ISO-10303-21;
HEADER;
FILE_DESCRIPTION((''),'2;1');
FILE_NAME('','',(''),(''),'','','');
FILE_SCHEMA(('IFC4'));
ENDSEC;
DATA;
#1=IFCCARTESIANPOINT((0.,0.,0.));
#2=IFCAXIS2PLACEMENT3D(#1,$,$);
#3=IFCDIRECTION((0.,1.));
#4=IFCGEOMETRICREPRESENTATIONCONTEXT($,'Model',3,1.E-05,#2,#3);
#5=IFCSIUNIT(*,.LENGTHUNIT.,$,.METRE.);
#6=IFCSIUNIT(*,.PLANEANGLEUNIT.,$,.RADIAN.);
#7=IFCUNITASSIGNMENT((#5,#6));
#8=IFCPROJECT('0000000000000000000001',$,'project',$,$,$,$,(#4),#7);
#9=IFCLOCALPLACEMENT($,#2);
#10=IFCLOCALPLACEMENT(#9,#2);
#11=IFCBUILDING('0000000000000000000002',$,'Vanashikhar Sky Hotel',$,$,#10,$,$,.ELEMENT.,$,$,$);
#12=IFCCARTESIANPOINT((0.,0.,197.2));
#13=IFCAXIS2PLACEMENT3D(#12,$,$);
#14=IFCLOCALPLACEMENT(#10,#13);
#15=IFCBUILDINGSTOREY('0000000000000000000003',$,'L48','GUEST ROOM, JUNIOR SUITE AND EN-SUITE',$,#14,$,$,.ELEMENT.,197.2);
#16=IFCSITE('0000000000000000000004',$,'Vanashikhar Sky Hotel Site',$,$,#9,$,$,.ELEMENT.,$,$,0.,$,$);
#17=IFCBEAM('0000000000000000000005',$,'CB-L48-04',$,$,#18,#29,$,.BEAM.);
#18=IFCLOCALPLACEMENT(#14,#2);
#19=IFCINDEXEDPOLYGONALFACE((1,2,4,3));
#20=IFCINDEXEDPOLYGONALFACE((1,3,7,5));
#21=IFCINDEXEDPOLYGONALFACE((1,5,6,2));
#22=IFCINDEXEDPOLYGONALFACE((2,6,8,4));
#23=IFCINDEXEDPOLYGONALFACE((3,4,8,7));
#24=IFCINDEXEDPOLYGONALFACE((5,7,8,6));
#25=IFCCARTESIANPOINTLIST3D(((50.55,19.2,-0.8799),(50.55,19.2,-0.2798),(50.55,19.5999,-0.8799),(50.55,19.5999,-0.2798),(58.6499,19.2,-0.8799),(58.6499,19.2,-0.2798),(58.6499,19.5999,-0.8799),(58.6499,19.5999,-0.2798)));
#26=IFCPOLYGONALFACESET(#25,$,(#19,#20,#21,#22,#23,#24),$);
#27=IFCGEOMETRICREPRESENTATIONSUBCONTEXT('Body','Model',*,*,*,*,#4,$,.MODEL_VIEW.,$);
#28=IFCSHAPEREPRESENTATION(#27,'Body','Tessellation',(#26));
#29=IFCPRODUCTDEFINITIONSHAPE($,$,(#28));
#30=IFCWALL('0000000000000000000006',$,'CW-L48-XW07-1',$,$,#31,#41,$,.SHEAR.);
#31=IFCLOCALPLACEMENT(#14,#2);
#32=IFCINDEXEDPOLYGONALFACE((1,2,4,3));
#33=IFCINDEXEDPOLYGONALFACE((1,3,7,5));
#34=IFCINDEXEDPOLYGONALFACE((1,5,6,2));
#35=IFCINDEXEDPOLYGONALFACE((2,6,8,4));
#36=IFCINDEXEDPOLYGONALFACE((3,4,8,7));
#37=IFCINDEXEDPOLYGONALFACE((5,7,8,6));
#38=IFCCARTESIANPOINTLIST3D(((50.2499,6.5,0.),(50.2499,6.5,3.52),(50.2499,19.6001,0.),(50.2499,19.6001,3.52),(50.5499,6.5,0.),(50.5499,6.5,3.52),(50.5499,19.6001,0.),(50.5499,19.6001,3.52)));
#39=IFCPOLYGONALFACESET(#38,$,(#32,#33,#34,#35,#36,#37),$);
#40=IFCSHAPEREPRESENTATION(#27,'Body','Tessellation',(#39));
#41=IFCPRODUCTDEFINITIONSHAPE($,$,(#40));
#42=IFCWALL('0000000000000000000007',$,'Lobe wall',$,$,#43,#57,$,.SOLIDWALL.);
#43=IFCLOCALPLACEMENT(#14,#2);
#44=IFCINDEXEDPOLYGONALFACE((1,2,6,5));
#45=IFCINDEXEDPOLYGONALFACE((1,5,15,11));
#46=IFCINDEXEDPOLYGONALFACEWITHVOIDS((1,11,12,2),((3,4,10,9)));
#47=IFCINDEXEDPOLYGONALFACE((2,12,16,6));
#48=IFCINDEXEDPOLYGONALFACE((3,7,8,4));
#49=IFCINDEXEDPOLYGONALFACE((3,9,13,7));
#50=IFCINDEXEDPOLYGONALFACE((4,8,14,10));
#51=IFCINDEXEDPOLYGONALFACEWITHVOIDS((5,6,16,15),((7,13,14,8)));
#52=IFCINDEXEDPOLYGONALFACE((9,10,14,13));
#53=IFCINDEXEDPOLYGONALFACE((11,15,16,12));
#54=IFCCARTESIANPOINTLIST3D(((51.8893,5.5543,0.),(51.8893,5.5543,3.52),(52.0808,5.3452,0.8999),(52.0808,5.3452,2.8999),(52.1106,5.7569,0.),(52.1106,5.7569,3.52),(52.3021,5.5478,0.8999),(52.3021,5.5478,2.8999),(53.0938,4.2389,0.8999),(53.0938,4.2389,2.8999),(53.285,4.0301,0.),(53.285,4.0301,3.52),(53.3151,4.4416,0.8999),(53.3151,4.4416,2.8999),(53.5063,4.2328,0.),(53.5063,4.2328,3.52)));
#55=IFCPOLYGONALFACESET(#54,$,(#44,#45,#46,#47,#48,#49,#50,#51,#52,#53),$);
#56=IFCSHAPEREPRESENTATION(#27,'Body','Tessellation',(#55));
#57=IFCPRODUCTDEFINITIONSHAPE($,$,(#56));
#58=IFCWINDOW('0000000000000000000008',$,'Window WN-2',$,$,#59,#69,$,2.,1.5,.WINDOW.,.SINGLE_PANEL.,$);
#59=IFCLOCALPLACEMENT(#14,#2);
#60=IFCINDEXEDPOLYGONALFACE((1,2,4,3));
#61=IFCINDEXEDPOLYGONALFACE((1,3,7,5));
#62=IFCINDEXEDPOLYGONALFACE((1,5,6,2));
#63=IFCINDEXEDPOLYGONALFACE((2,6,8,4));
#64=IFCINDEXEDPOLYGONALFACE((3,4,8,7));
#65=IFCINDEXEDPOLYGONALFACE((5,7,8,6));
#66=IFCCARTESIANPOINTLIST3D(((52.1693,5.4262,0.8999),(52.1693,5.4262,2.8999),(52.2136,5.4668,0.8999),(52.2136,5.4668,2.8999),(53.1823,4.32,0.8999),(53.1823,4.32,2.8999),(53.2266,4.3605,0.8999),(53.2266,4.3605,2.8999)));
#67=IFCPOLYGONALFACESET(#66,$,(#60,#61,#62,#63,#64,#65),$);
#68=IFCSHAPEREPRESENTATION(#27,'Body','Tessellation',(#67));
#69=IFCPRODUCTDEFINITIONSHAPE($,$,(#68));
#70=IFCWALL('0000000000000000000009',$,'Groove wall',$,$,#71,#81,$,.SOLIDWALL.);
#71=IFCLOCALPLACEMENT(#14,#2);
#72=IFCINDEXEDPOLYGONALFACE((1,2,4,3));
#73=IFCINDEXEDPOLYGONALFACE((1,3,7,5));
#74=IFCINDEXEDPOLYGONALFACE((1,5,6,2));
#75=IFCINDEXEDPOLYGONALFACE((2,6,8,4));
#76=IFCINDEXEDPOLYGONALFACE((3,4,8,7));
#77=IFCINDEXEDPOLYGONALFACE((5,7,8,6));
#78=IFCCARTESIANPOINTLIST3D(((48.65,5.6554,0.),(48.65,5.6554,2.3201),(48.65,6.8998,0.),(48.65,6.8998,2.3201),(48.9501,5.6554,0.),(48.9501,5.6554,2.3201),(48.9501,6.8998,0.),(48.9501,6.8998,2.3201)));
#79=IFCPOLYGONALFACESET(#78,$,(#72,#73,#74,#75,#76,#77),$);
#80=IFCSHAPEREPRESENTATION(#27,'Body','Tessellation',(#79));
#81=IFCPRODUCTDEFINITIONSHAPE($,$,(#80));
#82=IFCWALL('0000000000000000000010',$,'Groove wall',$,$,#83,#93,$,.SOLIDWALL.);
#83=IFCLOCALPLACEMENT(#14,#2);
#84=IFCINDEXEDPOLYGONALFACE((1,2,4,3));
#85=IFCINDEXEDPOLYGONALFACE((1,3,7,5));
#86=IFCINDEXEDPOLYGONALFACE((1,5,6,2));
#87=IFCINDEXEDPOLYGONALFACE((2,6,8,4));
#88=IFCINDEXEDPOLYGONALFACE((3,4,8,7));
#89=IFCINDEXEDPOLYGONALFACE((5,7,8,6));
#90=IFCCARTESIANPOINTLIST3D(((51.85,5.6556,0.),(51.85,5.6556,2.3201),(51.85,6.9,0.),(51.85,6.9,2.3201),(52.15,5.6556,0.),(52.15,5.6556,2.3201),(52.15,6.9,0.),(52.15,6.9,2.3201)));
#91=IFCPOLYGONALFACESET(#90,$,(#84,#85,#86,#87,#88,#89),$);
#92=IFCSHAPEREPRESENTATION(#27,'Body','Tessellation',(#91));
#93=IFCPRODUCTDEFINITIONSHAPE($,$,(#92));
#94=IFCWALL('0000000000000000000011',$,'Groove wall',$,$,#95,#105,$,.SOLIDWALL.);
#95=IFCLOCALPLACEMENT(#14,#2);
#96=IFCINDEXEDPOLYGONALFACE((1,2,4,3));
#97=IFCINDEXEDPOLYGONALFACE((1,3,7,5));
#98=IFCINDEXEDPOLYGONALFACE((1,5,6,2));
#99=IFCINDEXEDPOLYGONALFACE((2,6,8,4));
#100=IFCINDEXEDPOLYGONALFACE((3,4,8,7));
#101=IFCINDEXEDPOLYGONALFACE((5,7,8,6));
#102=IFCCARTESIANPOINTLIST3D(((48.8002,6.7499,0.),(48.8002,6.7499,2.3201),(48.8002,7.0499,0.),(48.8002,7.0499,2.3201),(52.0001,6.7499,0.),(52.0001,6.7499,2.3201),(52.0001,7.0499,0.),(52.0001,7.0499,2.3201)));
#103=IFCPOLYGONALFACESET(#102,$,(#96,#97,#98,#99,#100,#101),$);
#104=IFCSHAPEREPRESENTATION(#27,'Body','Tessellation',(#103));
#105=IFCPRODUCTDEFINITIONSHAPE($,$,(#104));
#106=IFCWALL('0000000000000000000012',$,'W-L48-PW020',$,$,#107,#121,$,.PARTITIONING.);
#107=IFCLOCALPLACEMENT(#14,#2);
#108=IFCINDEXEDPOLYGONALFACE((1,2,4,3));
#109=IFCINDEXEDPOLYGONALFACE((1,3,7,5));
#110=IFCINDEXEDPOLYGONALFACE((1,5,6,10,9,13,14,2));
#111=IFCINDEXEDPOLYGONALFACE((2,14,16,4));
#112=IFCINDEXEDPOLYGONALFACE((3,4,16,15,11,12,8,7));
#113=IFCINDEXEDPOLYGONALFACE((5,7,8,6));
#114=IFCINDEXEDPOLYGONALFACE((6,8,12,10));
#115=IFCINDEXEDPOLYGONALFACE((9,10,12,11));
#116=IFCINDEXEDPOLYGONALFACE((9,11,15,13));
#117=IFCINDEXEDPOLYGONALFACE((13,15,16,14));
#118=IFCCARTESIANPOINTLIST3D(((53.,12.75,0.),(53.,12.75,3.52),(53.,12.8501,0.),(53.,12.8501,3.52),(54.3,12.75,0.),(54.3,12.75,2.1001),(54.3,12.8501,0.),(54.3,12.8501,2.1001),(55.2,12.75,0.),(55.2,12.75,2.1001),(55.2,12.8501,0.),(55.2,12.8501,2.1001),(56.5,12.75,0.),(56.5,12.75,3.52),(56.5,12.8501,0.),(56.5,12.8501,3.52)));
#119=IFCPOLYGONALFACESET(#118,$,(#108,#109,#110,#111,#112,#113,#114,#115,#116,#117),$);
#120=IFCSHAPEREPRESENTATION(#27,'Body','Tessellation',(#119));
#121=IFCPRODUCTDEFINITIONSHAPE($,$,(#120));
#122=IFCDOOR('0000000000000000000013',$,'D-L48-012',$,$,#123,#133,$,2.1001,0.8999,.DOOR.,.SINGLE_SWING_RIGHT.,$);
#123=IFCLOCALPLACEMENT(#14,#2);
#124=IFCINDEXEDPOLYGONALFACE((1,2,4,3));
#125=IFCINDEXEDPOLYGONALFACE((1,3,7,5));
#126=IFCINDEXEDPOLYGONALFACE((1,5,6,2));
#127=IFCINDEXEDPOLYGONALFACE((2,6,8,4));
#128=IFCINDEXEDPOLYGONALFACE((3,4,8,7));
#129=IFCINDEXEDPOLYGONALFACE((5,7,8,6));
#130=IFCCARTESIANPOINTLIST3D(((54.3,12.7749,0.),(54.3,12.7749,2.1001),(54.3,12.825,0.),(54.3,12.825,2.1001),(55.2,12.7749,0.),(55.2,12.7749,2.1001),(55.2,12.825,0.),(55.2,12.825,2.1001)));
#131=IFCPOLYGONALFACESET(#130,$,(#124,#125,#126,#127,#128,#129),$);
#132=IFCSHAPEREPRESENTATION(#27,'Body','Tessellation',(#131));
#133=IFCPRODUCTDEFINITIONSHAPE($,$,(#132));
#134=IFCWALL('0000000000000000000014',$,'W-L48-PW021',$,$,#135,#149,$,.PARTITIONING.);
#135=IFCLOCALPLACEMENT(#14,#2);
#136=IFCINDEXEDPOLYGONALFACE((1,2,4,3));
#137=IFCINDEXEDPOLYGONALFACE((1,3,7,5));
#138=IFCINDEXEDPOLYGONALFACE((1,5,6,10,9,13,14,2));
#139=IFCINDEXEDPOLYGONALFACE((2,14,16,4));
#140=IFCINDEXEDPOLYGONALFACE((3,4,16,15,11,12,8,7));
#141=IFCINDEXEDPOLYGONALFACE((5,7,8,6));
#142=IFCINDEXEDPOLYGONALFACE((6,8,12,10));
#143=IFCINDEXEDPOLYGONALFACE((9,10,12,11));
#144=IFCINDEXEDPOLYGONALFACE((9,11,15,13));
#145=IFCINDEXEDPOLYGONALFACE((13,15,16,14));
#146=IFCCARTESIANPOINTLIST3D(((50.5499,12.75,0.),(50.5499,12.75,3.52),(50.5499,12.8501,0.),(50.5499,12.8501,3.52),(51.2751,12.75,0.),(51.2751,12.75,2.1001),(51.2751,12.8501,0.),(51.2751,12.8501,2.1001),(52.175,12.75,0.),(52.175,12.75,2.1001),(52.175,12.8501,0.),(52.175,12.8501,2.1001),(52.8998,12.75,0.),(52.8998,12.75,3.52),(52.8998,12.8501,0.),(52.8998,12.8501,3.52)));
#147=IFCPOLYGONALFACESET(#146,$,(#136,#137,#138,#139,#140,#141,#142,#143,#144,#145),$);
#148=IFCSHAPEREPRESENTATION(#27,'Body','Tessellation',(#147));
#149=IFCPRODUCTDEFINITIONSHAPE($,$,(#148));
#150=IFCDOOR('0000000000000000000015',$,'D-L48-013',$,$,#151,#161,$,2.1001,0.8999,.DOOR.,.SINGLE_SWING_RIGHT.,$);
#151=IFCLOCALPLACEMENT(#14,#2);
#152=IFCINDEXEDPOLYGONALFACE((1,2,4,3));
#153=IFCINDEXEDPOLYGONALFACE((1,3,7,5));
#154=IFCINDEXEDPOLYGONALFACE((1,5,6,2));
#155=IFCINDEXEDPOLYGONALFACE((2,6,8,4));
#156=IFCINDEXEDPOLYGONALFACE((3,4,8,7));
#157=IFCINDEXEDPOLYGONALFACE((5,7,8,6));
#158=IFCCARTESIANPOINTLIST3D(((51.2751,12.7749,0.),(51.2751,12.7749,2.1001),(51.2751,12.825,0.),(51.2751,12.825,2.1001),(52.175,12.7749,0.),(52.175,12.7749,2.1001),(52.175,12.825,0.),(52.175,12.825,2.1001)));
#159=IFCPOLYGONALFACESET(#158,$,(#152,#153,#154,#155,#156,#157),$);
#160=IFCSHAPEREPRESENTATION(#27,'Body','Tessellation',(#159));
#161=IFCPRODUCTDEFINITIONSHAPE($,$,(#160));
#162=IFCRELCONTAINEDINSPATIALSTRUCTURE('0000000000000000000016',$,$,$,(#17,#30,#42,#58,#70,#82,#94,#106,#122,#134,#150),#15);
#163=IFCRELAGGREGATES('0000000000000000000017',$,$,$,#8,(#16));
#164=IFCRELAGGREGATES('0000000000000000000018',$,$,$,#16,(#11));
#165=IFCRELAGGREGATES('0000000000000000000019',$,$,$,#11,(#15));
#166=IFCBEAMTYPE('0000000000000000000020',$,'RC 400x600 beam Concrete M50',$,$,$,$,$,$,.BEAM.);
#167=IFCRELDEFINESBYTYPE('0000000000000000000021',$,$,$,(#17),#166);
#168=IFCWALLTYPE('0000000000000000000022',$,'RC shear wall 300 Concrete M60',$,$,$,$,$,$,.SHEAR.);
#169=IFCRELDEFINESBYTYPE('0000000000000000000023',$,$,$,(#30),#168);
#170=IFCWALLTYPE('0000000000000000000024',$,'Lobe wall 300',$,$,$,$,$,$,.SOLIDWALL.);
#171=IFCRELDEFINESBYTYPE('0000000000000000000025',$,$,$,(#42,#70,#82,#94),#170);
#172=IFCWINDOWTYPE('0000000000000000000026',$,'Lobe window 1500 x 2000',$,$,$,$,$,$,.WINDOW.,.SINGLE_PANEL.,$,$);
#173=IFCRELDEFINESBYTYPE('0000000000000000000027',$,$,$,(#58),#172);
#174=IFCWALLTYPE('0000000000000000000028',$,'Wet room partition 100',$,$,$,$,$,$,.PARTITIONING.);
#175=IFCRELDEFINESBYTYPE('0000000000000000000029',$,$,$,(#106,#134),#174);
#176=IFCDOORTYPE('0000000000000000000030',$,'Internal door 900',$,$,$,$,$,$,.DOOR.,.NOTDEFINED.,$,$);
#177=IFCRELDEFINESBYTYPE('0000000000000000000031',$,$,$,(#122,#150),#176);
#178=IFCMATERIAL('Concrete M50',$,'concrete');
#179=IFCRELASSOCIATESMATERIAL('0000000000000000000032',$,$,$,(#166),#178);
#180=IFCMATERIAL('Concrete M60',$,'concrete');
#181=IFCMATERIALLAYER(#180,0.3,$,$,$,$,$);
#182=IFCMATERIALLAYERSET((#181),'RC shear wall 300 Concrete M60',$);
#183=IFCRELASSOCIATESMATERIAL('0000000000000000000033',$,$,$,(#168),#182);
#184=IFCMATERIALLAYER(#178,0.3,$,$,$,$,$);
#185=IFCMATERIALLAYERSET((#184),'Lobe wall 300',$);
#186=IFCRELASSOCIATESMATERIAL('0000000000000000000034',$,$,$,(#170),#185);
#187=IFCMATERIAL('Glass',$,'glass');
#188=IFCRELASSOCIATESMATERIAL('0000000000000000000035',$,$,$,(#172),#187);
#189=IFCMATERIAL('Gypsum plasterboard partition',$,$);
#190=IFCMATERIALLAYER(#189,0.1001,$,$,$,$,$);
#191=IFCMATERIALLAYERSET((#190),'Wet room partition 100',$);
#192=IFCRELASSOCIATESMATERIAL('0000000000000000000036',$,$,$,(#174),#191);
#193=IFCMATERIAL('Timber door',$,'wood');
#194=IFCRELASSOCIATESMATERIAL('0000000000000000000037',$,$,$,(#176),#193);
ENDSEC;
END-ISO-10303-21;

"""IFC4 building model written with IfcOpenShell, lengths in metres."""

from ifc_helpers import new_model, si_unit, direction, frame, frame_2d, origin, origin_2d, place, context, subcontext, project, spatial, rectangle, extrude, source, transform, mapped, material, layer, layer_set, material_profile, profile_set, type_object, element, fill, save


model = new_model("IFC4")

# Units and contexts
model_context = context("Model", 3, precision=1e-05, world=origin(), true_north=direction((0.0, 1.0)))
body_context = subcontext(model_context, "Body", "Model", "MODEL_VIEW")
ifc_project = project(units=[si_unit("LENGTHUNIT", "METRE"), si_unit("PLANEANGLEUNIT", "RADIAN")], contexts=[model_context])

# Site, building, storey
site_placement = place(None, origin())
site = spatial("IfcSite", under=ifc_project, at=site_placement, Name="Vanashikhar Sky Hotel Site", CompositionType="ELEMENT", RefElevation=0.0)
building_placement = place(site_placement, origin())
building = spatial("IfcBuilding", under=site, at=building_placement, Name="Vanashikhar Sky Hotel", CompositionType="ELEMENT")
storey_placement = place(building_placement, frame((0.0, 0.0, 197.2)))
storey = spatial("IfcBuildingStorey", under=building, at=storey_placement, Name="L48", Description="GUEST ROOM, JUNIOR SUITE AND EN-SUITE", CompositionType="ELEMENT", Elevation=197.2)

# Beam
ifc_material_1 = material(Name="Concrete M50", Category="concrete")
ifc_material_profile = material_profile(ifc_material_1, rectangle(XDim=0.3999, YDim=0.6001, at=origin_2d()))
ifc_profile_set = profile_set([ifc_material_profile], Name="RC 400x600 beam Concrete M50")
beam_type = type_object("IfcBeamType", Name="RC 400x600 beam Concrete M50", PredefinedType="BEAM", material=ifc_profile_set)
shared_shape_1 = source(origin(), body_context, "Body", "SweptSolid", [
    extrude(rectangle(XDim=0.3999, YDim=0.6001, at=origin_2d()), origin(), (0.0, 0.0, 1.0), 8.0999),
])
beam_placement = place(storey_placement, frame((50.55, 19.3999, -0.5798), z_axis=(1.0, 0.0, 0.0), x_axis=(0.0, 1.0, 0.0)))
element("IfcBeam", 1, at=beam_placement, inside=storey, type_object=beam_type, Name="CB-L48-04", PredefinedType="BEAM", context=body_context, shape_type="MappedRepresentation", body=[
    mapped(shared_shape_1, transform((0.0, 0.0, 0.0), scale=1.0)),
])

# Wall
ifc_material_2 = material(Name="Concrete M60", Category="concrete")
ifc_layer_1 = layer(ifc_material_2, 0.3)
ifc_layer_set_1 = layer_set([ifc_layer_1], Name="RC shear wall 300 Concrete M60")
wall_type_1 = type_object("IfcWallType", Name="RC shear wall 300 Concrete M60", PredefinedType="SHEAR", material=ifc_layer_set_1)
shared_shape_2 = source(origin(), body_context, "Body", "SweptSolid", [
    extrude(rectangle(XDim=13.1001, YDim=0.3, at=frame_2d((6.55, 0.0))), origin(), (0.0, 0.0, 1.0), 3.52),
])
wall_1_placement = place(storey_placement, frame((50.3999, 6.5, 0.0), z_axis=(0.0, 0.0, 1.0), x_axis=(0.0, 1.0, 0.0)))
element("IfcWall", 2, at=wall_1_placement, inside=storey, type_object=wall_type_1, Name="CW-L48-XW07-1", PredefinedType="SHEAR", context=body_context, shape_type="MappedRepresentation", body=[
    mapped(shared_shape_2, transform((0.0, 0.0, 0.0), scale=1.0)),
])

# Wall, opening, window
ifc_layer_2 = layer(ifc_material_1, 0.3)
ifc_layer_set_2 = layer_set([ifc_layer_2], Name="Lobe wall 300")
wall_type_2 = type_object("IfcWallType", Name="Lobe wall 300", PredefinedType="SOLIDWALL", material=ifc_layer_set_2)
shared_shape_3 = source(origin(), body_context, "Body", "SweptSolid", [
    extrude(rectangle(XDim=2.0667, YDim=0.3, at=frame_2d((1.0332, 0.0))), origin(), (0.0, 0.0, 1.0), 3.52),
])
wall_2_placement = place(storey_placement, frame((52.0, 5.6555, 0.0), z_axis=(0.0, 0.0, 1.0), x_axis=(0.675355, -0.737492, 0.0)))
wall_2 = element("IfcWall", 3, at=wall_2_placement, inside=storey, type_object=wall_type_2, Name="Lobe wall", PredefinedType="SOLIDWALL", context=body_context, shape_type="MappedRepresentation", body=[
    mapped(shared_shape_3, transform((0.0, 0.0, 0.0), scale=1.0)),
])
shared_shape_4 = source(origin(), body_context, "Body", "SweptSolid", [
    extrude(rectangle(XDim=1.5, YDim=2.0, at=frame_2d((0.75, 1.0))), frame((0.0, 0.1602, 0.0), z_axis=(0.0, -1.0, 0.0), x_axis=(1.0, 0.0, 0.0)), (0.0, 0.0, 1.0), 0.3201),
])
opening_1_placement = place(wall_2_placement, frame((0.2834, 0.0, 0.8999)))
opening_1 = element("IfcOpeningElement", 4, at=opening_1_placement, cuts=wall_2, PredefinedType="OPENING", context=body_context, shape_type="MappedRepresentation", body=[
    mapped(shared_shape_4, transform((0.0, 0.0, 0.0), scale=1.0)),
])
ifc_material_3 = material(Name="Glass", Category="glass")
window_type = type_object("IfcWindowType", Name="Lobe window 1500 x 2000", PartitioningType="SINGLE_PANEL", PredefinedType="WINDOW", material=ifc_material_3)
shared_shape_5 = source(origin(), body_context, "Body", "SweptSolid", [
    extrude(rectangle(XDim=1.5, YDim=2.0, at=frame_2d((0.75, 1.0))), frame((0.0, 0.03, 0.0), z_axis=(0.0, -1.0, 0.0), x_axis=(1.0, 0.0, 0.0)), (0.0, 0.0, 1.0), 0.0601),
])
window_placement = place(opening_1_placement, origin())
window = element("IfcWindow", 5, at=window_placement, inside=storey, type_object=window_type, Name="Window WN-2", OverallHeight=2.0, OverallWidth=1.5, PartitioningType="SINGLE_PANEL", PredefinedType="WINDOW", context=body_context, shape_type="MappedRepresentation", body=[
    mapped(shared_shape_5, transform((0.0, 0.0, 0.0), scale=1.0)),
])
fill(opening_1, window)

# Walls
shared_shape_6 = source(origin(), body_context, "Body", "SweptSolid", [
    extrude(rectangle(XDim=1.2444, YDim=0.3, at=frame_2d((0.6221, 0.0))), origin(), (0.0, 0.0, 1.0), 2.3201),
])
for number, where, z_axis, x_axis, name in (
    (6, (48.8, 5.6555, 0.0), (0.0, 0.0, 1.0), (0.0, 1.0, 0.0), "Groove wall"),
    (7, (52.0, 6.8999, 0.0), (0.0, 0.0, 1.0), (0.0, -1.0, 0.0), "Groove wall"),
):
    element("IfcWall", number, at=place(storey_placement, frame(where, z_axis=z_axis, x_axis=x_axis)), inside=storey, type_object=wall_type_2, Name=name, PredefinedType="SOLIDWALL", context=body_context, shape_type="MappedRepresentation", body=[
        mapped(shared_shape_6, transform((0.0, 0.0, 0.0), scale=1.0)),
    ])
shared_shape_7 = source(origin(), body_context, "Body", "SweptSolid", [
    extrude(rectangle(XDim=3.2, YDim=0.3, at=frame_2d((1.6001, 0.0))), origin(), (0.0, 0.0, 1.0), 2.3201),
])
wall_3_placement = place(storey_placement, frame((48.8, 6.8999, 0.0), z_axis=(0.0, 0.0, 1.0), x_axis=(1.0, 0.0, 0.0)))
element("IfcWall", 8, at=wall_3_placement, inside=storey, type_object=wall_type_2, Name="Groove wall", PredefinedType="SOLIDWALL", context=body_context, shape_type="MappedRepresentation", body=[
    mapped(shared_shape_7, transform((0.0, 0.0, 0.0), scale=1.0)),
])

# Walls, openings, doors
ifc_material_4 = material(Name="Gypsum plasterboard partition")
ifc_layer_3 = layer(ifc_material_4, 0.1001)
ifc_layer_set_3 = layer_set([ifc_layer_3], Name="Wet room partition 100")
wall_type_3 = type_object("IfcWallType", Name="Wet room partition 100", PredefinedType="PARTITIONING", material=ifc_layer_set_3)
shared_shape_8 = source(origin(), body_context, "Body", "SweptSolid", [
    extrude(rectangle(XDim=3.5, YDim=0.1001, at=frame_2d((1.75, 0.0))), origin(), (0.0, 0.0, 1.0), 3.52),
])
wall_4_placement = place(storey_placement, frame((53.0, 12.8, 0.0), z_axis=(0.0, 0.0, 1.0), x_axis=(1.0, 0.0, 0.0)))
wall_4 = element("IfcWall", 9, at=wall_4_placement, inside=storey, type_object=wall_type_3, Name="W-L48-PW020", PredefinedType="PARTITIONING", context=body_context, shape_type="MappedRepresentation", body=[
    mapped(shared_shape_8, transform((0.0, 0.0, 0.0), scale=1.0)),
])
shared_shape_9 = source(origin(), body_context, "Body", "SweptSolid", [
    extrude(rectangle(XDim=0.8999, YDim=2.1001, at=frame_2d((0.45, 1.05))), frame((0.0, 0.0601, 0.0), z_axis=(0.0, -1.0, 0.0), x_axis=(1.0, 0.0, 0.0)), (0.0, 0.0, 1.0), 0.1201),
])
opening_2_placement = place(wall_4_placement, frame((1.3, 0.0, 0.0)))
opening_2 = element("IfcOpeningElement", 10, at=opening_2_placement, cuts=wall_4, PredefinedType="OPENING", context=body_context, shape_type="MappedRepresentation", body=[
    mapped(shared_shape_9, transform((0.0, 0.0, 0.0), scale=1.0)),
])
ifc_material_5 = material(Name="Timber door", Category="wood")
door_type_1 = type_object("IfcDoorType", Name="Internal door 900", OperationType="NOTDEFINED", PredefinedType="DOOR", material=ifc_material_5)
shared_shape_10 = source(origin(), body_context, "Body", "SweptSolid", [
    extrude(rectangle(XDim=0.8999, YDim=2.1001, at=frame_2d((0.45, 1.05))), frame((0.0, 0.0249, 0.0), z_axis=(0.0, -1.0, 0.0), x_axis=(1.0, 0.0, 0.0)), (0.0, 0.0, 1.0), 0.05),
])
door_1_placement = place(opening_2_placement, origin())
door_1 = element("IfcDoor", 11, at=door_1_placement, inside=storey, type_object=door_type_1, Name="D-L48-012", OperationType="SINGLE_SWING_RIGHT", OverallHeight=2.1001, OverallWidth=0.8999, PredefinedType="DOOR", context=body_context, shape_type="MappedRepresentation", body=[
    mapped(shared_shape_10, transform((0.0, 0.0, 0.0), scale=1.0)),
])
fill(opening_2, door_1)
shared_shape_11 = source(origin(), body_context, "Body", "SweptSolid", [
    extrude(rectangle(XDim=2.3499, YDim=0.1001, at=frame_2d((1.1748, 0.0))), origin(), (0.0, 0.0, 1.0), 3.52),
])
wall_5_placement = place(storey_placement, frame((50.55, 12.8, 0.0), z_axis=(0.0, 0.0, 1.0), x_axis=(1.0, 0.0, 0.0)))
wall_5 = element("IfcWall", 12, at=wall_5_placement, inside=storey, type_object=wall_type_3, Name="W-L48-PW021", PredefinedType="PARTITIONING", context=body_context, shape_type="MappedRepresentation", body=[
    mapped(shared_shape_11, transform((0.0, 0.0, 0.0), scale=1.0)),
])
opening_3_placement = place(wall_5_placement, frame((0.7251, 0.0, 0.0)))
opening_3 = element("IfcOpeningElement", 13, at=opening_3_placement, cuts=wall_5, PredefinedType="OPENING", context=body_context, shape_type="MappedRepresentation", body=[
    mapped(shared_shape_9, transform((0.0, 0.0, 0.0), scale=1.0)),
])
door_2_placement = place(opening_3_placement, origin())
door_2 = element("IfcDoor", 14, at=door_2_placement, inside=storey, type_object=door_type_1, Name="D-L48-013", OperationType="SINGLE_SWING_RIGHT", OverallHeight=2.1001, OverallWidth=0.8999, PredefinedType="DOOR", context=body_context, shape_type="MappedRepresentation", body=[
    mapped(shared_shape_10, transform((0.0, 0.0, 0.0), scale=1.0)),
])
fill(opening_3, door_2)

save(model, "model.ifc")
